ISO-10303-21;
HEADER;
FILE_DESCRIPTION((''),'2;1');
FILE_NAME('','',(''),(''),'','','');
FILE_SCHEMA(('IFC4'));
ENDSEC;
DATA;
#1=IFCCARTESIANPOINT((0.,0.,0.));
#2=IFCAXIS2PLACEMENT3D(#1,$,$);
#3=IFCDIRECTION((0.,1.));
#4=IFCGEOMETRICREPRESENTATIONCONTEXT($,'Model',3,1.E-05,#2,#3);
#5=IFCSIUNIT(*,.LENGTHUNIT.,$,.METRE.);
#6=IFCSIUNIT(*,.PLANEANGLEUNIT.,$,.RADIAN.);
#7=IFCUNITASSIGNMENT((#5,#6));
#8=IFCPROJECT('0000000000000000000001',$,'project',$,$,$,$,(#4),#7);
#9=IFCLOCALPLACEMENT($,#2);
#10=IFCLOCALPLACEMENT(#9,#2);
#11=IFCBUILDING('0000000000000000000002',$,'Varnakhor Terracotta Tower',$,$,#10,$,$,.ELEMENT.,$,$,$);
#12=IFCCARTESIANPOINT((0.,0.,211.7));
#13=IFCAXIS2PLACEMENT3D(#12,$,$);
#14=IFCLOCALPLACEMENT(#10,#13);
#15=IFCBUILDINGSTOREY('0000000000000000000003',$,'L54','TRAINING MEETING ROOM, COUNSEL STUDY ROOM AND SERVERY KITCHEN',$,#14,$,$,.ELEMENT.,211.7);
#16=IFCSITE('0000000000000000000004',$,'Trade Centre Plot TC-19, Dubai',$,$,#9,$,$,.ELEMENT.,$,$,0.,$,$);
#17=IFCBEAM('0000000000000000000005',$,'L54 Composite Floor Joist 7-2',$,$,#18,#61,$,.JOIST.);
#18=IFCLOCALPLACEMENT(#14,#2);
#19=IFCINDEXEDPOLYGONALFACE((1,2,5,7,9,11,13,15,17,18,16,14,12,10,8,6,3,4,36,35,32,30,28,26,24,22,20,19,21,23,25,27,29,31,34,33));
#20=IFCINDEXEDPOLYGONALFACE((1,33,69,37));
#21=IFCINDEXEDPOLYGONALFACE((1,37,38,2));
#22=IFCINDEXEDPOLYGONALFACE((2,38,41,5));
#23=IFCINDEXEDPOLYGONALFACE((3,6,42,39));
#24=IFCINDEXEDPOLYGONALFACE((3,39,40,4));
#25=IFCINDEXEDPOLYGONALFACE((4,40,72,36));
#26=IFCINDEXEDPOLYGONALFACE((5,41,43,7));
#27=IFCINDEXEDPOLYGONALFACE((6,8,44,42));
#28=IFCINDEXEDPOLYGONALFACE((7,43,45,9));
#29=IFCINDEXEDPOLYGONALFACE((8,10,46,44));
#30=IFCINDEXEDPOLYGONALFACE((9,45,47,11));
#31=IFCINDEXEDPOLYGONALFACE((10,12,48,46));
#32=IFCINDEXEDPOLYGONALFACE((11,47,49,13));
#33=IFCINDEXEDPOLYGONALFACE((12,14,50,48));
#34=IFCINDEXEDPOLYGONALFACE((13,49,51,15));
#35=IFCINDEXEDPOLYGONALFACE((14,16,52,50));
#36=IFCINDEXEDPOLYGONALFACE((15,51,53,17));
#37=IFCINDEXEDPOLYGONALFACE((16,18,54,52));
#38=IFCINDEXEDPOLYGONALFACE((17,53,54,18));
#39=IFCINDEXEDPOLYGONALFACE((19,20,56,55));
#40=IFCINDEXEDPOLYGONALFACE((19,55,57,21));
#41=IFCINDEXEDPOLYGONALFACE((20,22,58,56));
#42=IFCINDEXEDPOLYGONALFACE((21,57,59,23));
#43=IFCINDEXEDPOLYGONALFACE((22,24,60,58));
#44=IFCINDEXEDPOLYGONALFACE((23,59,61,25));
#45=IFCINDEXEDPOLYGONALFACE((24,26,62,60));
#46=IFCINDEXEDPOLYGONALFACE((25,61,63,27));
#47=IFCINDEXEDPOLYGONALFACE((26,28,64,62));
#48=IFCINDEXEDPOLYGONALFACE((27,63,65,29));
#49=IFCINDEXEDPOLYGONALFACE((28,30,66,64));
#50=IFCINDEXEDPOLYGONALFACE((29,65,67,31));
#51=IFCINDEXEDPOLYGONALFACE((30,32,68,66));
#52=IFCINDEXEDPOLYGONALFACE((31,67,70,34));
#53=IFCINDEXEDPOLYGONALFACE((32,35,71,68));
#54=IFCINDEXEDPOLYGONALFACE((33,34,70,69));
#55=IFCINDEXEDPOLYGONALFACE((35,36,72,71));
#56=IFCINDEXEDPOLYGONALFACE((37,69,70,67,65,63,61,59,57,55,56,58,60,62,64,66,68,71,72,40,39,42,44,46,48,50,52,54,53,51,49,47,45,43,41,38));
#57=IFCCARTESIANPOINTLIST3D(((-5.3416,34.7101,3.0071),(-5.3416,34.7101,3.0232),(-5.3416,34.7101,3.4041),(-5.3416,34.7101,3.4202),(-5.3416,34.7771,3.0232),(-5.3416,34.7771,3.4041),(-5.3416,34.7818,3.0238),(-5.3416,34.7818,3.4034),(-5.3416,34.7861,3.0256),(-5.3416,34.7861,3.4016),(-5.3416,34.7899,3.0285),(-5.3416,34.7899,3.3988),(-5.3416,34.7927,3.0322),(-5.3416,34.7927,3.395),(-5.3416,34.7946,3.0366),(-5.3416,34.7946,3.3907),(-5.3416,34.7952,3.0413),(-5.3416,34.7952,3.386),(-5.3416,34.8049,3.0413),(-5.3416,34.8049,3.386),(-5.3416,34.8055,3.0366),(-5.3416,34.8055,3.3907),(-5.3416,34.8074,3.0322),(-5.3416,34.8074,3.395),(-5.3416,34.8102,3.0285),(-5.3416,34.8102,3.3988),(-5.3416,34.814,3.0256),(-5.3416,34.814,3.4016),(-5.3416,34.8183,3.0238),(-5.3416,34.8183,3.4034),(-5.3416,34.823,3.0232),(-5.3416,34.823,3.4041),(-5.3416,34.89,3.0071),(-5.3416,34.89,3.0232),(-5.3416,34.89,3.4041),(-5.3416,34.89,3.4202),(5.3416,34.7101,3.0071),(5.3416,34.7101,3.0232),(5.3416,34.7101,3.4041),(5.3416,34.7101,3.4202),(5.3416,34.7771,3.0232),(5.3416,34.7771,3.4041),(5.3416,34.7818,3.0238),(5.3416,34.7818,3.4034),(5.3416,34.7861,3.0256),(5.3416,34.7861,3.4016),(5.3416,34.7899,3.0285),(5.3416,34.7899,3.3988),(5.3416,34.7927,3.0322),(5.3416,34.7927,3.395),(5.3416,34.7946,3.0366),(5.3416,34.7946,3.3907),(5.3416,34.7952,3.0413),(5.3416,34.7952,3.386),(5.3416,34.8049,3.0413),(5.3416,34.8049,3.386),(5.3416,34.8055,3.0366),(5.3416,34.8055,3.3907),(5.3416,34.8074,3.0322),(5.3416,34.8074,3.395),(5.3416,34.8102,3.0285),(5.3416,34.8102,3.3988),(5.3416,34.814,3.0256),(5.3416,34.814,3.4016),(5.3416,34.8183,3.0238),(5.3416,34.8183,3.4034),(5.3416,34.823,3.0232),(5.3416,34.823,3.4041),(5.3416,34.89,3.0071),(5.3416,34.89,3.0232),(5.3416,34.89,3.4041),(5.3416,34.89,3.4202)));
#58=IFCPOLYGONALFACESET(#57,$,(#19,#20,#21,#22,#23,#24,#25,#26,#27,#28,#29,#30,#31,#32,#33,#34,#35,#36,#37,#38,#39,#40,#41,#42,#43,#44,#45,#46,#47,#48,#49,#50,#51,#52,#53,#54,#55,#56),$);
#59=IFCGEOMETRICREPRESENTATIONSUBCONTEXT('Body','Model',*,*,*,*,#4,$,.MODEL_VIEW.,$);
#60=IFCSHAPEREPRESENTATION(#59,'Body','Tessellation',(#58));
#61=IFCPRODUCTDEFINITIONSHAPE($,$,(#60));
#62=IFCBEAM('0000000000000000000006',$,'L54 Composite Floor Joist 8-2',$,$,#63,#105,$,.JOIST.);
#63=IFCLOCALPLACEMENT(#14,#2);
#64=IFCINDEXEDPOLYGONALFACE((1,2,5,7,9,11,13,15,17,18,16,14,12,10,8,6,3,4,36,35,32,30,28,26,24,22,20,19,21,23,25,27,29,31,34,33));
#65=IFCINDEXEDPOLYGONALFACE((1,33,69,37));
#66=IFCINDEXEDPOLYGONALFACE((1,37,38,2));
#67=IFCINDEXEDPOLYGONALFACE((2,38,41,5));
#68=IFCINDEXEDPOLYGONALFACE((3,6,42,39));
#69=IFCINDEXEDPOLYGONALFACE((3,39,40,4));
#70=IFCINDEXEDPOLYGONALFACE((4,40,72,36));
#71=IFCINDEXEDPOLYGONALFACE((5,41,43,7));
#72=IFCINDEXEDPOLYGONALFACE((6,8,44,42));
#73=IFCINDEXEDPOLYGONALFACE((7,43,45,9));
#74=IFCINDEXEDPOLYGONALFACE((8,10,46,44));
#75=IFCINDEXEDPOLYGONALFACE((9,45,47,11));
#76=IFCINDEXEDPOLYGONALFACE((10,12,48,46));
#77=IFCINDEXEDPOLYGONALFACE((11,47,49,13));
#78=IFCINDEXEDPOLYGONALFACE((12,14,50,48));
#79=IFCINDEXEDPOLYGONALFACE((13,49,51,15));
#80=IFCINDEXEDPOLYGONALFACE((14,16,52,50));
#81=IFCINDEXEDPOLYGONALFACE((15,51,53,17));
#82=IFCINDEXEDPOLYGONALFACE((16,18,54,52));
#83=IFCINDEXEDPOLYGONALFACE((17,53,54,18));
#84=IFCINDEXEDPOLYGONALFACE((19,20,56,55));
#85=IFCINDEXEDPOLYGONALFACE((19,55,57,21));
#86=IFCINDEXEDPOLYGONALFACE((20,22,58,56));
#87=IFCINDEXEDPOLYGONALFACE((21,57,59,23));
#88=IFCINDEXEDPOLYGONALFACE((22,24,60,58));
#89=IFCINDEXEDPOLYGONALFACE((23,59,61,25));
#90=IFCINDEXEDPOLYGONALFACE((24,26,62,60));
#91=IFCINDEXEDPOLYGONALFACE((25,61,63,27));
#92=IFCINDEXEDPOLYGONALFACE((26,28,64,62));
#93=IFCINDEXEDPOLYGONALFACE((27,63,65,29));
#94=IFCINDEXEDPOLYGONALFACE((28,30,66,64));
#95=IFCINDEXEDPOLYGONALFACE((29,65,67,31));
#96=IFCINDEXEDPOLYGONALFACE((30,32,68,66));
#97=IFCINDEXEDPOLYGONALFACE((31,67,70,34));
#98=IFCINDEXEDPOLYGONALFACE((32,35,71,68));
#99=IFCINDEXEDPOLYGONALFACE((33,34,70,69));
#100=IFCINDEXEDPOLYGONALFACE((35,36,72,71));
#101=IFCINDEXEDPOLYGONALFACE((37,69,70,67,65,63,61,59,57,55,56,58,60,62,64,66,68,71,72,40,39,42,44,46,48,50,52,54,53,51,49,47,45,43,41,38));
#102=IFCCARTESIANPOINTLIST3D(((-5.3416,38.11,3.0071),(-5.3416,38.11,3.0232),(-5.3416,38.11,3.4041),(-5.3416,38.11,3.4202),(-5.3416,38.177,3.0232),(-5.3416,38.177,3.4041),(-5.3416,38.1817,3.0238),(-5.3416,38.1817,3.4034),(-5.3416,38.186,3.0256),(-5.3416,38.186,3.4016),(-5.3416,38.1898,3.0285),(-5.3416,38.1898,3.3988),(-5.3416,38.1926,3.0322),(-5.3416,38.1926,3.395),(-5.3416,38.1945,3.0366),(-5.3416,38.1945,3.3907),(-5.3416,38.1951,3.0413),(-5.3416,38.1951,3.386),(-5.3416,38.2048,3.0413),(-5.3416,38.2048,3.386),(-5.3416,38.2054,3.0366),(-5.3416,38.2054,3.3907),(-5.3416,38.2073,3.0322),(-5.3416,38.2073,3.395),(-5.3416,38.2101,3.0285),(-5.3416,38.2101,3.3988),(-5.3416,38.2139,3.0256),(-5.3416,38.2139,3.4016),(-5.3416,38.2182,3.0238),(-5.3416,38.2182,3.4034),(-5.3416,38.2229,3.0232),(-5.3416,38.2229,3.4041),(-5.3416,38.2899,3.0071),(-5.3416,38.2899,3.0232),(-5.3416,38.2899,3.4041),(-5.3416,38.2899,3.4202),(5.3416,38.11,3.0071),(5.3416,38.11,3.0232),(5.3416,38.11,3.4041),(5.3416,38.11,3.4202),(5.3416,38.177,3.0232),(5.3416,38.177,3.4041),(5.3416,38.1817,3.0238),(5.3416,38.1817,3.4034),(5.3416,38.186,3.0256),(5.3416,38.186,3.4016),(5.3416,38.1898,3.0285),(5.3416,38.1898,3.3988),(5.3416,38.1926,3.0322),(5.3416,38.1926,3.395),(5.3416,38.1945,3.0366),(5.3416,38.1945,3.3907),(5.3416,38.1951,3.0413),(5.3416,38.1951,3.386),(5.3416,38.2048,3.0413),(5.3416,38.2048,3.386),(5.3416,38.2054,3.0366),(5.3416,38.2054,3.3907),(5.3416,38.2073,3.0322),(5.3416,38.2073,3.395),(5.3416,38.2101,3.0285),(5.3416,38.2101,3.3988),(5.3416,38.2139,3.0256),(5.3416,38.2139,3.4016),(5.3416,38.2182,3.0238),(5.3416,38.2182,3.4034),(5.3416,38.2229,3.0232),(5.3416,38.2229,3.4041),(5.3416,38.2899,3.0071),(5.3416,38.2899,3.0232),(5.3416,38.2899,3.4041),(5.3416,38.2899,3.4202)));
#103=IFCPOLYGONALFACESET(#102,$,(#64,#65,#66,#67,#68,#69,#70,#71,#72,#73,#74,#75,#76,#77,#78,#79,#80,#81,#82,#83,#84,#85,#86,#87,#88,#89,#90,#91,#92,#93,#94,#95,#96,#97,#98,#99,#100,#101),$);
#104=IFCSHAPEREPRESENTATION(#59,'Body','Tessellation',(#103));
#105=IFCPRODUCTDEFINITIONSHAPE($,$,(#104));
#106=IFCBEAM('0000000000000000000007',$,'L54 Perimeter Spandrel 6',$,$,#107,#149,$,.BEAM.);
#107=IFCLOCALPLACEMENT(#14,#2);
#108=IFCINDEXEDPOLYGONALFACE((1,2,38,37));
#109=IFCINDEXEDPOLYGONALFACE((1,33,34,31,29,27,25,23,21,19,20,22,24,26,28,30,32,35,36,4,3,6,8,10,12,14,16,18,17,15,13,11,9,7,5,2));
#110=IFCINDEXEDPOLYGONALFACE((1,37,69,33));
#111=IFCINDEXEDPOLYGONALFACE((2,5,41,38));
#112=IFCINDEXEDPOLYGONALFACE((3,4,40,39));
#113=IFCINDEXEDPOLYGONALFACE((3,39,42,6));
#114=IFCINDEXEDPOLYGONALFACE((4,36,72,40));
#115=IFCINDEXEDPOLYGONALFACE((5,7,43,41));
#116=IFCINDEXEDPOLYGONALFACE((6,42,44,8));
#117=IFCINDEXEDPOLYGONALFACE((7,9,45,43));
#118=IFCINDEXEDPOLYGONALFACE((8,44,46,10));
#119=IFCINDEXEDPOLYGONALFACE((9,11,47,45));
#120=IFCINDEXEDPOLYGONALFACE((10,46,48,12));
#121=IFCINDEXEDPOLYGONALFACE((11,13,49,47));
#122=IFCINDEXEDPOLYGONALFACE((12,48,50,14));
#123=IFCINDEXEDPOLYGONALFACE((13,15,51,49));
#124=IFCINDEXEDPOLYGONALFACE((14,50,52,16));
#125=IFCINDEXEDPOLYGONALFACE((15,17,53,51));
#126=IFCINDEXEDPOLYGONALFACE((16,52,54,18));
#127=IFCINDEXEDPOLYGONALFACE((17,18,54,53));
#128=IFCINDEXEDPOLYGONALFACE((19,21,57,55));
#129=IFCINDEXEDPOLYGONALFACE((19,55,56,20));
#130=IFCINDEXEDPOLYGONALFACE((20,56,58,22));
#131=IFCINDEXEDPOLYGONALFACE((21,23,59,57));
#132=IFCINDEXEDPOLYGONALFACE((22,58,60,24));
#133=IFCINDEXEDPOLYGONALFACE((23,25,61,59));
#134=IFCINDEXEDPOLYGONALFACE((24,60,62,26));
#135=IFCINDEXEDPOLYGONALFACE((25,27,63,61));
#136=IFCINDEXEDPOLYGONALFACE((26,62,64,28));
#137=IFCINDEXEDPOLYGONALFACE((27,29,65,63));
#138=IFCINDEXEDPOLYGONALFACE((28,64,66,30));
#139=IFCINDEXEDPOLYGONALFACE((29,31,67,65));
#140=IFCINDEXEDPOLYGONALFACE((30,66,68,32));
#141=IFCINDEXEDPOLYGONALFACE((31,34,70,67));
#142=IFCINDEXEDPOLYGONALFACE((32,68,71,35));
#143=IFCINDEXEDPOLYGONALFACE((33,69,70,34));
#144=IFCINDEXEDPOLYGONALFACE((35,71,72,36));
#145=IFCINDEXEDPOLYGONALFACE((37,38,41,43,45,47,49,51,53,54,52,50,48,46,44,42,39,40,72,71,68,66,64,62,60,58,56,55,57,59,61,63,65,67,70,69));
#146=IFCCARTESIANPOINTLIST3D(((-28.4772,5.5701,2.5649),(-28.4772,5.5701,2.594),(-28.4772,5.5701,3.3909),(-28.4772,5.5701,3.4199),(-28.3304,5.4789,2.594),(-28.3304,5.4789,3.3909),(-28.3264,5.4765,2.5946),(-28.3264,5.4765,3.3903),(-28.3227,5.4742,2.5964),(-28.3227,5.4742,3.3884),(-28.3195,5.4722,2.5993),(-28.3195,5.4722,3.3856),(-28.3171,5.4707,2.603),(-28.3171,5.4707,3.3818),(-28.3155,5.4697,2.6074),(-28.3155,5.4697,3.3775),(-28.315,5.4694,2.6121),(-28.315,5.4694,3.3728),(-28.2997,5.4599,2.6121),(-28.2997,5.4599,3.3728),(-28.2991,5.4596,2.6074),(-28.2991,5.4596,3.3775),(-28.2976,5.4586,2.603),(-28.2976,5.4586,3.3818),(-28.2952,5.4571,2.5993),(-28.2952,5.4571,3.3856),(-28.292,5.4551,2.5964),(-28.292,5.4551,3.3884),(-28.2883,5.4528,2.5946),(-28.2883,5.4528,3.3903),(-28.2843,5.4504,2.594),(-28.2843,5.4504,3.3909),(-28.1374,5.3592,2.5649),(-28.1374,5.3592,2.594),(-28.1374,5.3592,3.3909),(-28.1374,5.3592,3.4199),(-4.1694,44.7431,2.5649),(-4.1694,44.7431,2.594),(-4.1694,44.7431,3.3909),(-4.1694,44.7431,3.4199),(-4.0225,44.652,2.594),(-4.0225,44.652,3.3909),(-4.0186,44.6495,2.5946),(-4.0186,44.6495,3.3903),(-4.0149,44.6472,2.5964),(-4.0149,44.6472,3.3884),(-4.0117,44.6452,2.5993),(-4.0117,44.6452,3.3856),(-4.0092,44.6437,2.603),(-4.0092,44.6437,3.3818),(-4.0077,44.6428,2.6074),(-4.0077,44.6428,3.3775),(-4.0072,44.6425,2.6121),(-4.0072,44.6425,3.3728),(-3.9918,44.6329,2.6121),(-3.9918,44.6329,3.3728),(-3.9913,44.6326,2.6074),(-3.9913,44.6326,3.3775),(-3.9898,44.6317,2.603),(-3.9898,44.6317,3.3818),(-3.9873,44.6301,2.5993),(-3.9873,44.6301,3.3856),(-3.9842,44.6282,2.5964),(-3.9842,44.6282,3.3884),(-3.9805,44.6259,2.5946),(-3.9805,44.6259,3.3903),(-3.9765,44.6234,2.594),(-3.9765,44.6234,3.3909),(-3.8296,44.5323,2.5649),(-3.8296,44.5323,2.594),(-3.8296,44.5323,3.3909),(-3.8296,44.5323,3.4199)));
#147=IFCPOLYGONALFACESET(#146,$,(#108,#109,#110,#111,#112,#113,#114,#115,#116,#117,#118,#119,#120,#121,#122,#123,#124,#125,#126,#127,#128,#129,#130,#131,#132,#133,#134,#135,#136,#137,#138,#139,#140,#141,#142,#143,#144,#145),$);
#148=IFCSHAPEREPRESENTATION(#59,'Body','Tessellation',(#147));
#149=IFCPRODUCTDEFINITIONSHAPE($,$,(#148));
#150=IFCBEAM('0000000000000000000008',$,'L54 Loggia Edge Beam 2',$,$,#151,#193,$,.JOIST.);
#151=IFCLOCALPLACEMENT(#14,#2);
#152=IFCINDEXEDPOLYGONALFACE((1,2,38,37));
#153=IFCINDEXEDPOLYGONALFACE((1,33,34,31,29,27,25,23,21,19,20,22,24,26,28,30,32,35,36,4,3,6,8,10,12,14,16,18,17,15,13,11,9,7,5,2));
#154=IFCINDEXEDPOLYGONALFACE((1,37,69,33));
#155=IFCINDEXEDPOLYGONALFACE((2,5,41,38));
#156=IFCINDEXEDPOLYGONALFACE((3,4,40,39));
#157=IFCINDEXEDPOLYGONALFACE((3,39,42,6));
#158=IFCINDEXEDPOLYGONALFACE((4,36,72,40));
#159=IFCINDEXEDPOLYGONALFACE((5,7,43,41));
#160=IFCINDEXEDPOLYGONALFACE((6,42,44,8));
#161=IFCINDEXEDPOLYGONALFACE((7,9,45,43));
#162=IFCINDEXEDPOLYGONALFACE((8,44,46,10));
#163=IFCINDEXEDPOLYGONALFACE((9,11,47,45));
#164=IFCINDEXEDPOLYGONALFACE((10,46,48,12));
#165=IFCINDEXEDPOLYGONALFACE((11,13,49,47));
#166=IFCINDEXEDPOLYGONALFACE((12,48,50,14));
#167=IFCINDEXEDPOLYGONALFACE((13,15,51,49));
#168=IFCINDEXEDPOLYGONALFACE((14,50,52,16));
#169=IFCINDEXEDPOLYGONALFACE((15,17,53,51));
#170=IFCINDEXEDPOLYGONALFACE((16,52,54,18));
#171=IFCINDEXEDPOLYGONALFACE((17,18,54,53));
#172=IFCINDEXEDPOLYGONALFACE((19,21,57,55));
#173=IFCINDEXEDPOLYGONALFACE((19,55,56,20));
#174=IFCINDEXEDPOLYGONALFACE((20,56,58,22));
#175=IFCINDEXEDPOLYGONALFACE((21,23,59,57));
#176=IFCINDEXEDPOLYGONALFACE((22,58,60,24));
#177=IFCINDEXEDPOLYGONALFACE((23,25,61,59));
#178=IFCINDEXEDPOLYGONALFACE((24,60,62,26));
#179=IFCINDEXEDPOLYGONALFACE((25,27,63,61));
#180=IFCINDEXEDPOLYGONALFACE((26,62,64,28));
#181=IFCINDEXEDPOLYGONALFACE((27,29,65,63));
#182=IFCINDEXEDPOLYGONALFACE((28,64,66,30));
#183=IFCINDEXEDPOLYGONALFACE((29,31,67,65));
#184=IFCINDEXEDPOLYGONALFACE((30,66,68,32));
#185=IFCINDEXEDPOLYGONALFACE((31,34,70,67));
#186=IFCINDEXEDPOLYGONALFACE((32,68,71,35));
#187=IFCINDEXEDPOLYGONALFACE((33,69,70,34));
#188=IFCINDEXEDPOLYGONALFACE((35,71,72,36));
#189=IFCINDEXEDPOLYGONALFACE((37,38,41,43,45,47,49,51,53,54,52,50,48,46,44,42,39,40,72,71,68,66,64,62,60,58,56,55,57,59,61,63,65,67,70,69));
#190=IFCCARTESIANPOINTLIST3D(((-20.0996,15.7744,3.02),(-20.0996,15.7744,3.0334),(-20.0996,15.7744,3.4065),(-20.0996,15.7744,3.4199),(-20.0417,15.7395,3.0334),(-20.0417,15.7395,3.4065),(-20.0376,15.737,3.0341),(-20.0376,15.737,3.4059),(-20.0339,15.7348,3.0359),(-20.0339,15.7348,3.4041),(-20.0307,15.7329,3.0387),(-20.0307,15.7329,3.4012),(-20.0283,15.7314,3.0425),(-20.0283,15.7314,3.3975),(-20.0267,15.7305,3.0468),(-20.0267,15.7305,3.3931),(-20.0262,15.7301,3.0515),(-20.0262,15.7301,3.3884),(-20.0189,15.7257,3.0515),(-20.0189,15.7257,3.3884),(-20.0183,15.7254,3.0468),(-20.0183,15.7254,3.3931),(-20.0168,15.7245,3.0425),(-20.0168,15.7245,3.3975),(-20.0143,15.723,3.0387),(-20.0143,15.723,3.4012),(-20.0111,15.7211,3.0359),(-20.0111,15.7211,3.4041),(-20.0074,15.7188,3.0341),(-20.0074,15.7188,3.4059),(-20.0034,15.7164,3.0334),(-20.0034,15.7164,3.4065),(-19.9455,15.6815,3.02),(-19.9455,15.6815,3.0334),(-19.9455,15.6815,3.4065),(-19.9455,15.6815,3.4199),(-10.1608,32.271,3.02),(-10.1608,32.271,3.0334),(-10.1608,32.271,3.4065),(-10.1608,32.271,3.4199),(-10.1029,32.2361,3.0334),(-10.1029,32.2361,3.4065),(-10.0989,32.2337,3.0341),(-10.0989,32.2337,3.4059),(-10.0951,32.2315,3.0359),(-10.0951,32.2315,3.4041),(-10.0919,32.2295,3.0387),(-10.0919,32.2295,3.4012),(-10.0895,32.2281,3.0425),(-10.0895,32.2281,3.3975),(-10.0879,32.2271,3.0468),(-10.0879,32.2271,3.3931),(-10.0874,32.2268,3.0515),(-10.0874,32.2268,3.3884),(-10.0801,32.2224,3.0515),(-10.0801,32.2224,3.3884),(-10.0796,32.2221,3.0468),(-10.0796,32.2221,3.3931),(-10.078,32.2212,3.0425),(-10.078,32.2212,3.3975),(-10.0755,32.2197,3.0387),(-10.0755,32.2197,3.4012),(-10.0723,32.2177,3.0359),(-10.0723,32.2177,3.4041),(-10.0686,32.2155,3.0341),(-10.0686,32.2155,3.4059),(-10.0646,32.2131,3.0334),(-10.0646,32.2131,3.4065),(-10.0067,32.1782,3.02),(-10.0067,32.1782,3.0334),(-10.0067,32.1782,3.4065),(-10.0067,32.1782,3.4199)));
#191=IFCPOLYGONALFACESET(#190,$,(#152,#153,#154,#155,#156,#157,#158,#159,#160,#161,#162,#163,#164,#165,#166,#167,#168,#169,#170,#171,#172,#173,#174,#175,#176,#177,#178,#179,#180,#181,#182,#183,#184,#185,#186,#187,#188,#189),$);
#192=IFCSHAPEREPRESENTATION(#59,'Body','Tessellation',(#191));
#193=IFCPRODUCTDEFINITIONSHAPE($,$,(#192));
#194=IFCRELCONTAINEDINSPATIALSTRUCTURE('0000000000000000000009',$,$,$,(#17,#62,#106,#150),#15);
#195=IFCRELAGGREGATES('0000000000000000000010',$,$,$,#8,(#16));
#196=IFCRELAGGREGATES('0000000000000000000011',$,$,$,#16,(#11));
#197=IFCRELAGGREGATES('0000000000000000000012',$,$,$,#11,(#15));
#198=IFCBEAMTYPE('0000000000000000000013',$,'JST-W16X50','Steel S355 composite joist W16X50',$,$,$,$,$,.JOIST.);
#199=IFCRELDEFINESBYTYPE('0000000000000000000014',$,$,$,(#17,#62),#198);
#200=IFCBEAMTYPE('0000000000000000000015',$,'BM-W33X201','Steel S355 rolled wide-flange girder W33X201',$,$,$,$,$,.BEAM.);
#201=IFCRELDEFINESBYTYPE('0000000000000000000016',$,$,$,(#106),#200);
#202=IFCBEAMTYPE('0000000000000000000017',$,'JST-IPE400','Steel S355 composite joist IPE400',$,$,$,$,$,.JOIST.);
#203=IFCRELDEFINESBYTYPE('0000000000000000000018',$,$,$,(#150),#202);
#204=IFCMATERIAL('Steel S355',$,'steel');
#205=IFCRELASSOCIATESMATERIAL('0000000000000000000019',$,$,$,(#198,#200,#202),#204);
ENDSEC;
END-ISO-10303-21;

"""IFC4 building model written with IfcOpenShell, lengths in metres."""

from ifc_helpers import new_model, si_unit, direction, frame, origin, origin_2d, place, context, subcontext, project, spatial, i_section, extrude, source, transform, mapped, material, material_profile, profile_set, type_object, element, save


model = new_model("IFC4")

# Units and contexts
model_context = context("Model", 3, precision=1e-05, world=origin(), true_north=direction((0.0, 1.0)))
body_context = subcontext(model_context, "Body", "Model", "MODEL_VIEW")
ifc_project = project(units=[si_unit("LENGTHUNIT", "METRE"), si_unit("PLANEANGLEUNIT", "RADIAN")], contexts=[model_context])

# Site, building, storey
site_placement = place(None, origin())
site = spatial("IfcSite", under=ifc_project, at=site_placement, Name="Trade Centre Plot TC-19, Dubai", CompositionType="ELEMENT", RefElevation=0.0)
building_placement = place(site_placement, origin())
building = spatial("IfcBuilding", under=site, at=building_placement, Name="Varnakhor Terracotta Tower", CompositionType="ELEMENT")
storey_placement = place(building_placement, frame((0.0, 0.0, 211.7)))
storey = spatial("IfcBuildingStorey", under=building, at=storey_placement, Name="L54", Description="TRAINING MEETING ROOM, COUNSEL STUDY ROOM AND SERVERY KITCHEN", CompositionType="ELEMENT", Elevation=211.7)

# Beams
ifc_material_1 = material(Name="Steel S355", Category="steel")
ifc_material_profile_1 = material_profile(ifc_material_1, i_section(OverallWidth=0.1799, OverallDepth=0.4131, WebThickness=0.0098, FlangeThickness=0.0161, FilletRadius=0.0181, at=origin_2d()), Name="W16X50")
ifc_profile_set_1 = profile_set([ifc_material_profile_1], Name="Steel S355")
beam_type_1 = type_object("IfcBeamType", Name="JST-W16X50", Description="Steel S355 composite joist W16X50", PredefinedType="JOIST", material=ifc_profile_set_1)
shared_shape_1 = source(origin(), body_context, "Body", "SweptSolid", [
    extrude(i_section(OverallWidth=0.1799, OverallDepth=0.4131, WebThickness=0.0098, FlangeThickness=0.0161, FilletRadius=0.0181, at=origin_2d()), origin(), (0.0, 0.0, 1.0), 10.6831),
])
for number, where, z_axis, x_axis, name in (
    (1, (-5.3416, 34.8, 3.2136), (1.0, 0.0, 0.0), (0.0, 1.0, 0.0), "L54 Composite Floor Joist 7-2"),
    (2, (-5.3416, 38.2, 3.2136), (1.0, 0.0, 0.0), (0.0, 1.0, 0.0), "L54 Composite Floor Joist 8-2"),
):
    element("IfcBeam", number, at=place(storey_placement, frame(where, z_axis=z_axis, x_axis=x_axis)), inside=storey, type_object=beam_type_1, Name=name, PredefinedType="JOIST", context=body_context, shape_type="MappedRepresentation", body=[
        mapped(shared_shape_1, transform((0.0, 0.0, 0.0), scale=1.0)),
    ])
ifc_material_profile_2 = material_profile(ifc_material_1, i_section(OverallWidth=0.3999, OverallDepth=0.855, WebThickness=0.0181, FlangeThickness=0.0291, FilletRadius=0.0181, at=origin_2d()), Name="W33X201")
ifc_profile_set_2 = profile_set([ifc_material_profile_2], Name="Steel S355")
beam_type_2 = type_object("IfcBeamType", Name="BM-W33X201", Description="Steel S355 rolled wide-flange girder W33X201", PredefinedType="BEAM", material=ifc_profile_set_2)
shared_shape_2 = source(origin(), body_context, "Body", "SweptSolid", [
    extrude(i_section(OverallWidth=0.3999, OverallDepth=0.855, WebThickness=0.0181, FlangeThickness=0.0291, FilletRadius=0.0181, at=origin_2d()), origin(), (0.0, 0.0, 1.0), 46.1021),
])
beam_1_placement = place(storey_placement, frame((-3.9995, 44.6377, 2.9924), z_axis=(-0.527261, -0.849703, 0.0), x_axis=(0.849703, -0.527261, 0.0)))
element("IfcBeam", 3, at=beam_1_placement, inside=storey, type_object=beam_type_2, Name="L54 Perimeter Spandrel 6", PredefinedType="BEAM", context=body_context, shape_type="MappedRepresentation", body=[
    mapped(shared_shape_2, transform((0.0, 0.0, 0.0), scale=1.0)),
])
ifc_material_profile_3 = material_profile(ifc_material_1, i_section(OverallWidth=0.1799, OverallDepth=0.3999, WebThickness=0.0085, FlangeThickness=0.0134, FilletRadius=0.0181, at=origin_2d()), Name="IPE400")
ifc_profile_set_3 = profile_set([ifc_material_profile_3], Name="Steel S355")
beam_type_3 = type_object("IfcBeamType", Name="JST-IPE400", Description="Steel S355 composite joist IPE400", PredefinedType="JOIST", material=ifc_profile_set_3)
shared_shape_3 = source(origin(), body_context, "Body", "SweptSolid", [
    extrude(i_section(OverallWidth=0.1799, OverallDepth=0.3999, WebThickness=0.0085, FlangeThickness=0.0134, FilletRadius=0.0181, at=origin_2d()), origin(), (0.0, 0.0, 1.0), 19.2593),
])
beam_2_placement = place(storey_placement, frame((-10.0837, 32.2246, 3.22), z_axis=(-0.516052, -0.856558, 0.0), x_axis=(0.856558, -0.516052, 0.0)))
element("IfcBeam", 4, at=beam_2_placement, inside=storey, type_object=beam_type_3, Name="L54 Loggia Edge Beam 2", PredefinedType="JOIST", context=body_context, shape_type="MappedRepresentation", body=[
    mapped(shared_shape_3, transform((0.0, 0.0, 0.0), scale=1.0)),
])

save(model, "model.ifc")
